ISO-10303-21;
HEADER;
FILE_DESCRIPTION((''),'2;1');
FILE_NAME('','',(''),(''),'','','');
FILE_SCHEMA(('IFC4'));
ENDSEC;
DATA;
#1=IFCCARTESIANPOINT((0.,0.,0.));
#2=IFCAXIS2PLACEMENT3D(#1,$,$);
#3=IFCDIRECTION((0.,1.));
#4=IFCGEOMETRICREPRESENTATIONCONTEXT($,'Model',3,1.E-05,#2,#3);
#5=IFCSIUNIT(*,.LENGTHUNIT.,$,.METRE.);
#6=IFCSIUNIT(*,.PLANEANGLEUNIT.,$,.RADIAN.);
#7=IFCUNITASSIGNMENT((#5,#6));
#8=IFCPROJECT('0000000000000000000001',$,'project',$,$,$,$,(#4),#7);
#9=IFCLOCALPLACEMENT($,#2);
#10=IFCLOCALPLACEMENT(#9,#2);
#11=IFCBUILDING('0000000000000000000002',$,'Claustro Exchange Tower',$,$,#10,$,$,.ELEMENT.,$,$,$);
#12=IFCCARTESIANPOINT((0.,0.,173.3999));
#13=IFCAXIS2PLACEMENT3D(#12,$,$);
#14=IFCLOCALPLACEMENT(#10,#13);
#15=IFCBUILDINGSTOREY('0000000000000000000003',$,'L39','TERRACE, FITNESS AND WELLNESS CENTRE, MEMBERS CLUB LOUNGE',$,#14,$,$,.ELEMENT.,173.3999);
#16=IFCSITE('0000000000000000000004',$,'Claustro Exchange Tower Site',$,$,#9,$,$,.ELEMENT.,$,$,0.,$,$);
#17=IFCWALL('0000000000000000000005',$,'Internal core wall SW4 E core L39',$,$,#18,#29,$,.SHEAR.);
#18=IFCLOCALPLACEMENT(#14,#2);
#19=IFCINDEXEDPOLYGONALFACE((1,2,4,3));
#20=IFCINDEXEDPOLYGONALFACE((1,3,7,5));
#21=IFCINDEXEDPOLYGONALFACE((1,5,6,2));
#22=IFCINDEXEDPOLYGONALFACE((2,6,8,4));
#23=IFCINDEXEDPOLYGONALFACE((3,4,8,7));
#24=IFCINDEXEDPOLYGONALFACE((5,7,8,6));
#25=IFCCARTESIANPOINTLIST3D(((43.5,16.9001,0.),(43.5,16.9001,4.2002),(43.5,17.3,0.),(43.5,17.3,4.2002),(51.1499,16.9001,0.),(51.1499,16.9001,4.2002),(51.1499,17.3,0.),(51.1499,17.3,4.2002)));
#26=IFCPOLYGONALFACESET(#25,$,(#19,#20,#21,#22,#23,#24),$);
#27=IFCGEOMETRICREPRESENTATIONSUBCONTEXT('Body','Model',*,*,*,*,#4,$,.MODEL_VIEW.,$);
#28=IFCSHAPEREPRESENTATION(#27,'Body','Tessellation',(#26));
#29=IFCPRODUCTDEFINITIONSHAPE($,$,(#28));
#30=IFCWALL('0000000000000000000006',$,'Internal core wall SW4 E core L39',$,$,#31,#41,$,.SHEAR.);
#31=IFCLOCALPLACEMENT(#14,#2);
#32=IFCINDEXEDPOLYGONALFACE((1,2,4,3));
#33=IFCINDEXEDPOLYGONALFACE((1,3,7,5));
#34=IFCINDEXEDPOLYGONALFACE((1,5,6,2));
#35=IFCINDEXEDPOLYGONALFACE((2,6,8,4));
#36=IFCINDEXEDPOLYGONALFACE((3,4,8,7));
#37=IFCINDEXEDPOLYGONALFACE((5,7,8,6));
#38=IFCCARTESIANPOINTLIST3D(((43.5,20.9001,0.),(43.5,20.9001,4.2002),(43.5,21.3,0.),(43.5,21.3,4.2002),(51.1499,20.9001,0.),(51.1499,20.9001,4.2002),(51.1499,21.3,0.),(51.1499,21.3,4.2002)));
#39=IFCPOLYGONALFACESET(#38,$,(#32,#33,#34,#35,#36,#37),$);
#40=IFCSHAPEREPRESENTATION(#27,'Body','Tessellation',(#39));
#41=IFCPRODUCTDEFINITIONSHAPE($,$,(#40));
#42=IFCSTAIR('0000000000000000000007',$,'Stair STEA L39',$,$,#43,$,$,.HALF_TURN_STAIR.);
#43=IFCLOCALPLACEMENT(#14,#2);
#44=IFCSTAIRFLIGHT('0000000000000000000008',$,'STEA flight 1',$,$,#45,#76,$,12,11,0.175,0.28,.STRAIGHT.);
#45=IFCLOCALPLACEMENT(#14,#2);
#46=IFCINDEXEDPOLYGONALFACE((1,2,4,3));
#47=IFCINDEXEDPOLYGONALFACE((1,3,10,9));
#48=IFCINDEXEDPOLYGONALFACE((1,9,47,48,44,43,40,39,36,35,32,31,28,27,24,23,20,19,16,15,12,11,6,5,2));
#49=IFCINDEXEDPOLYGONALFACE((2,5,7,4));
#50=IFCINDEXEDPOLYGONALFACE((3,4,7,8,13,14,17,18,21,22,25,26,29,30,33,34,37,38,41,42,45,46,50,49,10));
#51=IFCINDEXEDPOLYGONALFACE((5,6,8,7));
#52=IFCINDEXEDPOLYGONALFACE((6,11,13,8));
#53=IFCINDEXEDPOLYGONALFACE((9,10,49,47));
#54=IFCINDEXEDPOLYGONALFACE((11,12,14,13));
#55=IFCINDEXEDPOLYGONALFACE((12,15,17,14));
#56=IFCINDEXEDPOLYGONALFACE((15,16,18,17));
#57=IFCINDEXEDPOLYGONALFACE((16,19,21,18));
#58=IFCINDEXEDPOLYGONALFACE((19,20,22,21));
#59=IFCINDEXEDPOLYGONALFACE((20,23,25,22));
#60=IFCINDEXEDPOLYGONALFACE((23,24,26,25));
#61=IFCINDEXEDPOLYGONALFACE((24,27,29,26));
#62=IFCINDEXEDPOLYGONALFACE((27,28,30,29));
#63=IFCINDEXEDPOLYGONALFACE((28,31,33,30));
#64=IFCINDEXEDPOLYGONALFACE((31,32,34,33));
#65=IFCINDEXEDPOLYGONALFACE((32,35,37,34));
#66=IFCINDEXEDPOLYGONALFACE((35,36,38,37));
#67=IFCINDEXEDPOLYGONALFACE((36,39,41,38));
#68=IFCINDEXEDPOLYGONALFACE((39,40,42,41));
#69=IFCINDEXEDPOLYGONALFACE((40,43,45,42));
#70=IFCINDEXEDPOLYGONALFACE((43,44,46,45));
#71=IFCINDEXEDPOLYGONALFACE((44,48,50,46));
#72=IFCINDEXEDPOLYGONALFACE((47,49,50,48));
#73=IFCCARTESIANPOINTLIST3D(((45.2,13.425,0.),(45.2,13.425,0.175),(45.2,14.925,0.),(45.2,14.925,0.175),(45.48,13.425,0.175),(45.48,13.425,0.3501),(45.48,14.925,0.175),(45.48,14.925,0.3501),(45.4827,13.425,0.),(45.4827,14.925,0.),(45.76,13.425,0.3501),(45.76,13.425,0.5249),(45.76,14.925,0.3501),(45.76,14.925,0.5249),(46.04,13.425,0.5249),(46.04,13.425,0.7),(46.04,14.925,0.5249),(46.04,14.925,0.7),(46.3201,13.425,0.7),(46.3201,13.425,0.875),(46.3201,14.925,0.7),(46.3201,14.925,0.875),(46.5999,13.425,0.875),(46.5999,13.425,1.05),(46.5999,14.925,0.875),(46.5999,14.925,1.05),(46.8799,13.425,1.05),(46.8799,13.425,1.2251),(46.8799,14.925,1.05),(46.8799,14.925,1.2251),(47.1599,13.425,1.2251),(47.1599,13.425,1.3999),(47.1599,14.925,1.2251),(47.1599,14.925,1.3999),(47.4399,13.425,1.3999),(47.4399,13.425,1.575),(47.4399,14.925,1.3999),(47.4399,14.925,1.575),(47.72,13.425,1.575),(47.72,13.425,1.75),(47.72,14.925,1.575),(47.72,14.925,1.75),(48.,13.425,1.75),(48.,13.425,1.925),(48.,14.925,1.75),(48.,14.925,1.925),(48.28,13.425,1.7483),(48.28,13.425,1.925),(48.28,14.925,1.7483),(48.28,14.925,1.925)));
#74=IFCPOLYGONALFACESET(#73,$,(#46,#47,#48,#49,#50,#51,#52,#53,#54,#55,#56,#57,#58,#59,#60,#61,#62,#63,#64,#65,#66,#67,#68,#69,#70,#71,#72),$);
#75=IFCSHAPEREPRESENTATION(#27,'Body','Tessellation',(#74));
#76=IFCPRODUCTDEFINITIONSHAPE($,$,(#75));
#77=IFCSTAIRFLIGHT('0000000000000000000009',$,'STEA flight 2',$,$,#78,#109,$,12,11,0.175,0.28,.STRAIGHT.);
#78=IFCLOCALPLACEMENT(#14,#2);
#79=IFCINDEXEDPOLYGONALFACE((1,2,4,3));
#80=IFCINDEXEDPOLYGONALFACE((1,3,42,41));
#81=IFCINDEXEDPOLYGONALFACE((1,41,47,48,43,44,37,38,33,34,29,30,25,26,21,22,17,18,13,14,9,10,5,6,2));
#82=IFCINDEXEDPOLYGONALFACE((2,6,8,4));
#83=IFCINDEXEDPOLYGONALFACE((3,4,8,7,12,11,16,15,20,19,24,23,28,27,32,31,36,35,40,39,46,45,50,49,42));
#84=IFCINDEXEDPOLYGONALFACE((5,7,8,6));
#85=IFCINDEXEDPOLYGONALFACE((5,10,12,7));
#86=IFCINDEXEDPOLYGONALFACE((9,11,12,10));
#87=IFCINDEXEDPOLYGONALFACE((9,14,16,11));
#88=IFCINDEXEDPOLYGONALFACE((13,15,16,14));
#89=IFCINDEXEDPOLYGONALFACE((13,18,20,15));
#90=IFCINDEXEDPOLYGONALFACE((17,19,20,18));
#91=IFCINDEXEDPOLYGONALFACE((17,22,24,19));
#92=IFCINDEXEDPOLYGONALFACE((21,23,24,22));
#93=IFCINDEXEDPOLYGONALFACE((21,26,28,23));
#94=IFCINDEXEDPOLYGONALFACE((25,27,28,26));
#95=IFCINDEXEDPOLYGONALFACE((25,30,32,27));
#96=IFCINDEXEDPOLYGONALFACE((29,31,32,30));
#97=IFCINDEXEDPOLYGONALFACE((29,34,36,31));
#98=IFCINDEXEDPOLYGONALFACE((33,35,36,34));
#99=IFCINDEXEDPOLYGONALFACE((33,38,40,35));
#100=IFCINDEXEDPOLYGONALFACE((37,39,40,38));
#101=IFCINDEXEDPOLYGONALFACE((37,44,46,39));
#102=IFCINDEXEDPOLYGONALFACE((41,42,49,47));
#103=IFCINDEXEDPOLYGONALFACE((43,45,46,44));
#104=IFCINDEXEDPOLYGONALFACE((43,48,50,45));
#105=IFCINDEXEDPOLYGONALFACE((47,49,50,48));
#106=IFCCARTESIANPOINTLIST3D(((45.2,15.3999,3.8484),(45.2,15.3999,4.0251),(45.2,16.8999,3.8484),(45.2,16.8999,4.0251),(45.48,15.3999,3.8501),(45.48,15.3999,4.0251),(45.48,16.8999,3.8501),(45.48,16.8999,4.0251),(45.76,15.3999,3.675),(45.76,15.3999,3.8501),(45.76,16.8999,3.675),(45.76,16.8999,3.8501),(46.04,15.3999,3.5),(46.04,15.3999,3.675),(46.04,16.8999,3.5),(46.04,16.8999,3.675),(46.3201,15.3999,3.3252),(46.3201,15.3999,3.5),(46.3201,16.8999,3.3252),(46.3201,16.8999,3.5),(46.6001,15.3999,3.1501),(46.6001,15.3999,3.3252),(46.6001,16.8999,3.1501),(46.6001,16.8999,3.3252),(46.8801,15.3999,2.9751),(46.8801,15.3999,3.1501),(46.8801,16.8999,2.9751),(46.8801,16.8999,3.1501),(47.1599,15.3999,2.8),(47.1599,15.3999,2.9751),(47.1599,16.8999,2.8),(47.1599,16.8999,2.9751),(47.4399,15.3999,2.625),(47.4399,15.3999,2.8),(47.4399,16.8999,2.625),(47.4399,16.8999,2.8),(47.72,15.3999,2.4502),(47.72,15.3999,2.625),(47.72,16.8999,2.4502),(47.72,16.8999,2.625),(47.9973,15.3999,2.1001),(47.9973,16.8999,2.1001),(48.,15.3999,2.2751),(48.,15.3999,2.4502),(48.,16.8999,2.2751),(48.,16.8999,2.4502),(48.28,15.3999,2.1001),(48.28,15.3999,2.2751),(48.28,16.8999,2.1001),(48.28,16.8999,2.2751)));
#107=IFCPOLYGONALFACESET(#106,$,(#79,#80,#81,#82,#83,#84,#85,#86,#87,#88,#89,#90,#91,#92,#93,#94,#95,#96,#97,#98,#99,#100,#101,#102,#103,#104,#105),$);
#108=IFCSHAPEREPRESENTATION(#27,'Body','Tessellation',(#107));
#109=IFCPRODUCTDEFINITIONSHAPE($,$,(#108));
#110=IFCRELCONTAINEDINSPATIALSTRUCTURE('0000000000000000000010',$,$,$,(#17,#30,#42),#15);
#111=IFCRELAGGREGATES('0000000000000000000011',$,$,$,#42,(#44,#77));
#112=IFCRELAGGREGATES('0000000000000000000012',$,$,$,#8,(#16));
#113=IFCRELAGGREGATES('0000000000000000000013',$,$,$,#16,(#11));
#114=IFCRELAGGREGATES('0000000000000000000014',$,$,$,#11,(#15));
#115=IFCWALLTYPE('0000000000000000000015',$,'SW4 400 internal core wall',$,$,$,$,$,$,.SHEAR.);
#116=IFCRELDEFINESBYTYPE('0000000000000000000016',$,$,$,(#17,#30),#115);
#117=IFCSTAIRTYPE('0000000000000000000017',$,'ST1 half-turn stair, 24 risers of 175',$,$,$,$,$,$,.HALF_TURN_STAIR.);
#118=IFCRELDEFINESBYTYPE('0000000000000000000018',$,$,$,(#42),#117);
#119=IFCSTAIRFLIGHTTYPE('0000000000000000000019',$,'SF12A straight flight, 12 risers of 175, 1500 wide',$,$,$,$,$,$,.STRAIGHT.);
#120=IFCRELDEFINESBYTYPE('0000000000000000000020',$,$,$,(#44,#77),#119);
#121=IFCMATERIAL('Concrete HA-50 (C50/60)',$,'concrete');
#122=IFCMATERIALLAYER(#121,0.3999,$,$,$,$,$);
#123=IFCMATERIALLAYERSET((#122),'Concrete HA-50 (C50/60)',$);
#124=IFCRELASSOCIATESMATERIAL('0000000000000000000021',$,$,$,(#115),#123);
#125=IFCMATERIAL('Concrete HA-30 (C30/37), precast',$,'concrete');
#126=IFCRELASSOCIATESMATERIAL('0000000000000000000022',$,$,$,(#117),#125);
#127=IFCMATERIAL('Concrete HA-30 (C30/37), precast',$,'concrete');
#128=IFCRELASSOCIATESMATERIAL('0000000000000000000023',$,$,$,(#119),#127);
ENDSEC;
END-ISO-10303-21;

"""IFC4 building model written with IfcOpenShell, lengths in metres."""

from ifc_helpers import new_model, si_unit, direction, frame, frame_2d, origin, place, context, subcontext, project, spatial, polyline, rectangle, outline, extrude, material, layer, layer_set, type_object, element, aggregate, save


model = new_model("IFC4")

# Units and contexts
model_context = context("Model", 3, precision=1e-05, world=origin(), true_north=direction((0.0, 1.0)))
body_context = subcontext(model_context, "Body", "Model", "MODEL_VIEW")
ifc_project = project(units=[si_unit("LENGTHUNIT", "METRE"), si_unit("PLANEANGLEUNIT", "RADIAN")], contexts=[model_context])

# Site, building, storey
site_placement = place(None, origin())
site = spatial("IfcSite", under=ifc_project, at=site_placement, Name="Claustro Exchange Tower Site", CompositionType="ELEMENT", RefElevation=0.0)
building_placement = place(site_placement, origin())
building = spatial("IfcBuilding", under=site, at=building_placement, Name="Claustro Exchange Tower", CompositionType="ELEMENT")
storey_placement = place(building_placement, frame((0.0, 0.0, 173.3999)))
storey = spatial("IfcBuildingStorey", under=building, at=storey_placement, Name="L39", Description="TERRACE, FITNESS AND WELLNESS CENTRE, MEMBERS CLUB LOUNGE", CompositionType="ELEMENT", Elevation=173.3999)

# Walls
ifc_material_1 = material(Name="Concrete HA-50 (C50/60)", Category="concrete")
ifc_layer_1 = layer(ifc_material_1, 0.3999)
ifc_layer_set_1 = layer_set([ifc_layer_1], Name="Concrete HA-50 (C50/60)")
wall_type_1 = type_object("IfcWallType", Name="SW4 400 internal core wall", PredefinedType="SHEAR", material=ifc_layer_set_1)
for number, where, z_axis, x_axis, name in (
    (1, (51.1499, 17.1001, 0.0), (0.0, 0.0, 1.0), (-1.0, 0.0, 0.0), "Internal core wall SW4 E core L39"),
    (2, (51.1499, 21.1001, 0.0), (0.0, 0.0, 1.0), (-1.0, 0.0, 0.0), "Internal core wall SW4 E core L39"),
):
    element("IfcWall", number, at=place(storey_placement, frame(where, z_axis=z_axis, x_axis=x_axis)), inside=storey, type_object=wall_type_1, Name=name, PredefinedType="SHEAR", context=body_context, shape_type="SweptSolid", body=[
        extrude(rectangle(XDim=7.6499, YDim=0.3999, at=frame_2d((3.825, 0.0))), origin(), (0.0, 0.0, 1.0), 4.2002),
    ])

# Stair, stair flights
ifc_material_2 = material(Name="Concrete HA-30 (C30/37), precast", Category="concrete")
stair_type = type_object("IfcStairType", Name="ST1 half-turn stair, 24 risers of 175", PredefinedType="HALF_TURN_STAIR", material=ifc_material_2)
stair_placement = place(storey_placement, origin())
stair = element("IfcStair", 3, at=stair_placement, inside=storey, type_object=stair_type, Name="Stair STEA L39", PredefinedType="HALF_TURN_STAIR")
ifc_material_3 = material(Name="Concrete HA-30 (C30/37), precast", Category="concrete")
stair_flight_type = type_object("IfcStairFlightType", Name="SF12A straight flight, 12 risers of 175, 1500 wide", PredefinedType="STRAIGHT", material=ifc_material_3)
stair_flight_1_placement = place(storey_placement, frame((45.2, 14.175, 0.0), z_axis=(0.0, 0.0, 1.0), x_axis=(1.0, 0.0, 0.0)))
stair_flight_1 = element("IfcStairFlight", 4, at=stair_flight_1_placement, type_object=stair_flight_type, Name="STEA flight 1", NumberOfRisers=12, NumberOfTreads=11, PredefinedType="STRAIGHT", RiserHeight=0.175, TreadLength=0.28, context=body_context, shape_type="SweptSolid", body=[
    extrude(outline(polyline([(0.0, 0.0), (0.0, 0.175), (0.28, 0.175), (0.28, 0.3501), (0.5601, 0.3501), (0.5601, 0.5249), (0.8401, 0.5249), (0.8401, 0.7), (1.1201, 0.7), (1.1201, 0.875), (1.3999, 0.875), (1.3999, 1.05), (1.6799, 1.05), (1.6799, 1.2251), (1.96, 1.2251), (1.96, 1.3999), (2.24, 1.3999), (2.24, 1.575), (2.52, 1.575), (2.52, 1.75), (2.8, 1.75), (2.8, 1.925), (3.0801, 1.925), (3.0801, 2.1001), (3.0801, 1.7483), (0.2827, 0.0), (0.0, 0.0)])), frame((0.0, 0.75, 0.0), z_axis=(0.0, -1.0, 0.0), x_axis=(1.0, 0.0, 0.0)), (0.0, 0.0, 1.0), 1.5),
])
stair_flight_2_placement = place(storey_placement, frame((48.28, 16.1499, 2.1001), z_axis=(0.0, 0.0, 1.0), x_axis=(-1.0, 0.0, 0.0)))
stair_flight_2 = element("IfcStairFlight", 5, at=stair_flight_2_placement, type_object=stair_flight_type, Name="STEA flight 2", NumberOfRisers=12, NumberOfTreads=11, PredefinedType="STRAIGHT", RiserHeight=0.175, TreadLength=0.28, context=body_context, shape_type="SweptSolid", body=[
    extrude(outline(polyline([(0.0, 0.0), (0.0, 0.175), (0.28, 0.175), (0.28, 0.3501), (0.5601, 0.3501), (0.5601, 0.5249), (0.8401, 0.5249), (0.8401, 0.7), (1.1201, 0.7), (1.1201, 0.875), (1.3999, 0.875), (1.3999, 1.05), (1.6799, 1.05), (1.6799, 1.2251), (1.96, 1.2251), (1.96, 1.3999), (2.24, 1.3999), (2.24, 1.575), (2.52, 1.575), (2.52, 1.75), (2.8, 1.75), (2.8, 1.925), (3.0801, 1.925), (3.0801, 2.1001), (3.0801, 1.7483), (0.2827, 0.0), (0.0, 0.0)])), frame((0.0, 0.75, 0.0), z_axis=(0.0, -1.0, 0.0), x_axis=(1.0, 0.0, 0.0)), (0.0, 0.0, 1.0), 1.5),
])
aggregate(stair, [stair_flight_1, stair_flight_2])

save(model, "model.ifc")
